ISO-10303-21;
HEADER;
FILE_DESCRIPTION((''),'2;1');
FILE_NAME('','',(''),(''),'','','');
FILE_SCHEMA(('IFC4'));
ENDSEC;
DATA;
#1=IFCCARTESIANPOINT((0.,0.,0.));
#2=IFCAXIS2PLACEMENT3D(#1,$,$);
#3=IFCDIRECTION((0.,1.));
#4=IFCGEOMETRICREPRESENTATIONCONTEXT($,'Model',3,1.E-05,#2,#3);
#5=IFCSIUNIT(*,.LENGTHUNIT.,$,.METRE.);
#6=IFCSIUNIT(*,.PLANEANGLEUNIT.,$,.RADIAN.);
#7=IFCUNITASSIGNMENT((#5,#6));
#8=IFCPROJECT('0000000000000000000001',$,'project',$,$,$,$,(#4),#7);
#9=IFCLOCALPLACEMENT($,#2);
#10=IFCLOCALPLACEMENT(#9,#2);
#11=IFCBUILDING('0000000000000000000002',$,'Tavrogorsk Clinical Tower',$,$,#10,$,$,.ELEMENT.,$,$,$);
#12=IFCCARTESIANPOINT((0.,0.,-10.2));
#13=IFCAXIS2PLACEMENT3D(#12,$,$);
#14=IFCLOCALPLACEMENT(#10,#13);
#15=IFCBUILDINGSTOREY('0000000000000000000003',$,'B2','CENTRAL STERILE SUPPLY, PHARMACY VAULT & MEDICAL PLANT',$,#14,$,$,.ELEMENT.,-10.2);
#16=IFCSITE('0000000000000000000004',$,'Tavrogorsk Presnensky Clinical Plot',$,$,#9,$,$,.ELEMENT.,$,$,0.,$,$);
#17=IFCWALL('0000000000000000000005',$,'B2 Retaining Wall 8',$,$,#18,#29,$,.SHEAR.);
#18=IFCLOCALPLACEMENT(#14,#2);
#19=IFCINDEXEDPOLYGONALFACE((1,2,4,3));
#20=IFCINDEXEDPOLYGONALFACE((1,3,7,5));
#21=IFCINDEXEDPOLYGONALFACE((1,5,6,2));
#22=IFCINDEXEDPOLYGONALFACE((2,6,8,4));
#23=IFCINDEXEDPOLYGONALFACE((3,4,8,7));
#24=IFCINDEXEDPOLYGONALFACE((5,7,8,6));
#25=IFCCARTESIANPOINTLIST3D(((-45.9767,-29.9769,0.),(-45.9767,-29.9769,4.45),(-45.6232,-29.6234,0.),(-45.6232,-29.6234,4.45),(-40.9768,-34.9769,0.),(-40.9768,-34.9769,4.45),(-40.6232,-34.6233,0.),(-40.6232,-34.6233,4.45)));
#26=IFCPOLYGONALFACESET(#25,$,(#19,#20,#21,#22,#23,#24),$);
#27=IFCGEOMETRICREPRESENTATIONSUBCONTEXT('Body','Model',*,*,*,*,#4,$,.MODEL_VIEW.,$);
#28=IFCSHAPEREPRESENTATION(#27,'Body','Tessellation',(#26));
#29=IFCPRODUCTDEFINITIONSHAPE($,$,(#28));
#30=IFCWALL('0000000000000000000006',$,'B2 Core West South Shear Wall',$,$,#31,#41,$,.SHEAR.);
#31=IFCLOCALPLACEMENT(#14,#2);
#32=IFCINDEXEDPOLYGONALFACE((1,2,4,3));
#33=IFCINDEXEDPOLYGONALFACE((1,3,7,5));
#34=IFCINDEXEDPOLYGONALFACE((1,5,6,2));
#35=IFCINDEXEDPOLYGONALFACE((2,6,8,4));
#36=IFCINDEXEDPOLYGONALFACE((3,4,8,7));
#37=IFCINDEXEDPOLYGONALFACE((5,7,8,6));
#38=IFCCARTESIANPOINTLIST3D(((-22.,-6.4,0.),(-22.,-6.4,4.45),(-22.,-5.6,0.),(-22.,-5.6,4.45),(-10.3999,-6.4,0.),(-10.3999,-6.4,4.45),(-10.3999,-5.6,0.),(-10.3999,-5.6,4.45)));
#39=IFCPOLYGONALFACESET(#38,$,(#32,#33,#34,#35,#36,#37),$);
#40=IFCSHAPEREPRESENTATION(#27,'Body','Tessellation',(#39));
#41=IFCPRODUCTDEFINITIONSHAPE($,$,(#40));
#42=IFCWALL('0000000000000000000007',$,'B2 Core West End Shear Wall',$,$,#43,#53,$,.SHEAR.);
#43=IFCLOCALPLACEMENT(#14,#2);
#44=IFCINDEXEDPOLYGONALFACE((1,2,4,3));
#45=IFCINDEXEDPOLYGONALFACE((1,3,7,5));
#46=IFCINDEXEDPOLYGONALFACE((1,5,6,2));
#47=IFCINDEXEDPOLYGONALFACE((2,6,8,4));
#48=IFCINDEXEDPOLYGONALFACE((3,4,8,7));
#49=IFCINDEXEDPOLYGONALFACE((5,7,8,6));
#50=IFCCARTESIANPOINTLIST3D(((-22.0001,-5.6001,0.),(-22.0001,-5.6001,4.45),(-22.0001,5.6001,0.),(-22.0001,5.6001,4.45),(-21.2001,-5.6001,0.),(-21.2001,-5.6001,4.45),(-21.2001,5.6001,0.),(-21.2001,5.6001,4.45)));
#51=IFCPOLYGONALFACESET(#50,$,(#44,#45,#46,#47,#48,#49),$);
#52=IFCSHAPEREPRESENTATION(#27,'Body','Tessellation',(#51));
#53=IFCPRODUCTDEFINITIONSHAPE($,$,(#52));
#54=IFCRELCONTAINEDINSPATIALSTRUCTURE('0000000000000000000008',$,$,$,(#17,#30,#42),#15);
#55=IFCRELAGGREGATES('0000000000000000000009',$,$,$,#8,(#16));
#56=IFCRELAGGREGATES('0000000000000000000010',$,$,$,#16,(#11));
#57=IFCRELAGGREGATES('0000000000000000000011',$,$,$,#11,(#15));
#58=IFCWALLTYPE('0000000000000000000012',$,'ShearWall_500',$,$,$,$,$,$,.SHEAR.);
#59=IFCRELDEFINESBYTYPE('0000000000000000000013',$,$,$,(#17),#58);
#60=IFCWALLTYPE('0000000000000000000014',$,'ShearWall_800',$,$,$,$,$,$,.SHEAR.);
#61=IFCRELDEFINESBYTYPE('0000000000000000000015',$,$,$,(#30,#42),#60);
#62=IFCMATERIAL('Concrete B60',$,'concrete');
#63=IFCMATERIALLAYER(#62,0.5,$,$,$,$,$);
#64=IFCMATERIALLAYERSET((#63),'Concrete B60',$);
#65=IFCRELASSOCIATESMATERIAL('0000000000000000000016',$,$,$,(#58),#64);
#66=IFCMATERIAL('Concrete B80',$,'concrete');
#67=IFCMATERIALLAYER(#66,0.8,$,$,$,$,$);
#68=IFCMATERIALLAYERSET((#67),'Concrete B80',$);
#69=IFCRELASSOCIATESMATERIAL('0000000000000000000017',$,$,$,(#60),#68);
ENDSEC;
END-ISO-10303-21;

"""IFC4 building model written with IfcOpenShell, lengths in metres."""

from ifc_helpers import new_model, si_unit, direction, frame, frame_2d, origin, place, context, subcontext, project, spatial, rectangle, extrude, material, layer, layer_set, type_object, element, save


model = new_model("IFC4")

# Units and contexts
model_context = context("Model", 3, precision=1e-05, world=origin(), true_north=direction((0.0, 1.0)))
body_context = subcontext(model_context, "Body", "Model", "MODEL_VIEW")
ifc_project = project(units=[si_unit("LENGTHUNIT", "METRE"), si_unit("PLANEANGLEUNIT", "RADIAN")], contexts=[model_context])

# Site, building, storey
site_placement = place(None, origin())
site = spatial("IfcSite", under=ifc_project, at=site_placement, Name="Tavrogorsk Presnensky Clinical Plot", CompositionType="ELEMENT", RefElevation=0.0)
building_placement = place(site_placement, origin())
building = spatial("IfcBuilding", under=site, at=building_placement, Name="Tavrogorsk Clinical Tower", CompositionType="ELEMENT")
storey_placement = place(building_placement, frame((0.0, 0.0, -10.2)))
storey = spatial("IfcBuildingStorey", under=building, at=storey_placement, Name="B2", Description="CENTRAL STERILE SUPPLY, PHARMACY VAULT & MEDICAL PLANT", CompositionType="ELEMENT", Elevation=-10.2)

# Walls
ifc_material_1 = material(Name="Concrete B60", Category="concrete")
ifc_layer_1 = layer(ifc_material_1, 0.5)
ifc_layer_set_1 = layer_set([ifc_layer_1], Name="Concrete B60")
wall_type_1 = type_object("IfcWallType", Name="ShearWall_500", PredefinedType="SHEAR", material=ifc_layer_set_1)
wall_1_placement = place(storey_placement, frame((-45.8, -29.8, 0.0), z_axis=(0.0, 0.0, 1.0), x_axis=(0.707107, -0.707107, 0.0)))
element("IfcWall", 1, at=wall_1_placement, inside=storey, type_object=wall_type_1, Name="B2 Retaining Wall 8", PredefinedType="SHEAR", context=body_context, shape_type="SweptSolid", body=[
    extrude(rectangle(XDim=7.071, YDim=0.5, at=frame_2d((3.5356, 0.0))), origin(), (0.0, 0.0, 1.0), 4.45),
])
ifc_material_2 = material(Name="Concrete B80", Category="concrete")
ifc_layer_2 = layer(ifc_material_2, 0.8)
ifc_layer_set_2 = layer_set([ifc_layer_2], Name="Concrete B80")
wall_type_2 = type_object("IfcWallType", Name="ShearWall_800", PredefinedType="SHEAR", material=ifc_layer_set_2)
wall_2_placement = place(storey_placement, frame((-22.0, -6.0, 0.0), z_axis=(0.0, 0.0, 1.0), x_axis=(1.0, 0.0, 0.0)))
element("IfcWall", 2, at=wall_2_placement, inside=storey, type_object=wall_type_2, Name="B2 Core West South Shear Wall", PredefinedType="SHEAR", context=body_context, shape_type="SweptSolid", body=[
    extrude(rectangle(XDim=11.6001, YDim=0.8, at=frame_2d((5.8, 0.0))), origin(), (0.0, 0.0, 1.0), 4.45),
])
wall_3_placement = place(storey_placement, frame((-21.6001, -5.6001, 0.0), z_axis=(0.0, 0.0, 1.0), x_axis=(0.0, 1.0, 0.0)))
element("IfcWall", 3, at=wall_3_placement, inside=storey, type_object=wall_type_2, Name="B2 Core West End Shear Wall", PredefinedType="SHEAR", context=body_context, shape_type="SweptSolid", body=[
    extrude(rectangle(XDim=11.2002, YDim=0.8, at=frame_2d((5.6001, 0.0))), origin(), (0.0, 0.0, 1.0), 4.45),
])

save(model, "model.ifc")
